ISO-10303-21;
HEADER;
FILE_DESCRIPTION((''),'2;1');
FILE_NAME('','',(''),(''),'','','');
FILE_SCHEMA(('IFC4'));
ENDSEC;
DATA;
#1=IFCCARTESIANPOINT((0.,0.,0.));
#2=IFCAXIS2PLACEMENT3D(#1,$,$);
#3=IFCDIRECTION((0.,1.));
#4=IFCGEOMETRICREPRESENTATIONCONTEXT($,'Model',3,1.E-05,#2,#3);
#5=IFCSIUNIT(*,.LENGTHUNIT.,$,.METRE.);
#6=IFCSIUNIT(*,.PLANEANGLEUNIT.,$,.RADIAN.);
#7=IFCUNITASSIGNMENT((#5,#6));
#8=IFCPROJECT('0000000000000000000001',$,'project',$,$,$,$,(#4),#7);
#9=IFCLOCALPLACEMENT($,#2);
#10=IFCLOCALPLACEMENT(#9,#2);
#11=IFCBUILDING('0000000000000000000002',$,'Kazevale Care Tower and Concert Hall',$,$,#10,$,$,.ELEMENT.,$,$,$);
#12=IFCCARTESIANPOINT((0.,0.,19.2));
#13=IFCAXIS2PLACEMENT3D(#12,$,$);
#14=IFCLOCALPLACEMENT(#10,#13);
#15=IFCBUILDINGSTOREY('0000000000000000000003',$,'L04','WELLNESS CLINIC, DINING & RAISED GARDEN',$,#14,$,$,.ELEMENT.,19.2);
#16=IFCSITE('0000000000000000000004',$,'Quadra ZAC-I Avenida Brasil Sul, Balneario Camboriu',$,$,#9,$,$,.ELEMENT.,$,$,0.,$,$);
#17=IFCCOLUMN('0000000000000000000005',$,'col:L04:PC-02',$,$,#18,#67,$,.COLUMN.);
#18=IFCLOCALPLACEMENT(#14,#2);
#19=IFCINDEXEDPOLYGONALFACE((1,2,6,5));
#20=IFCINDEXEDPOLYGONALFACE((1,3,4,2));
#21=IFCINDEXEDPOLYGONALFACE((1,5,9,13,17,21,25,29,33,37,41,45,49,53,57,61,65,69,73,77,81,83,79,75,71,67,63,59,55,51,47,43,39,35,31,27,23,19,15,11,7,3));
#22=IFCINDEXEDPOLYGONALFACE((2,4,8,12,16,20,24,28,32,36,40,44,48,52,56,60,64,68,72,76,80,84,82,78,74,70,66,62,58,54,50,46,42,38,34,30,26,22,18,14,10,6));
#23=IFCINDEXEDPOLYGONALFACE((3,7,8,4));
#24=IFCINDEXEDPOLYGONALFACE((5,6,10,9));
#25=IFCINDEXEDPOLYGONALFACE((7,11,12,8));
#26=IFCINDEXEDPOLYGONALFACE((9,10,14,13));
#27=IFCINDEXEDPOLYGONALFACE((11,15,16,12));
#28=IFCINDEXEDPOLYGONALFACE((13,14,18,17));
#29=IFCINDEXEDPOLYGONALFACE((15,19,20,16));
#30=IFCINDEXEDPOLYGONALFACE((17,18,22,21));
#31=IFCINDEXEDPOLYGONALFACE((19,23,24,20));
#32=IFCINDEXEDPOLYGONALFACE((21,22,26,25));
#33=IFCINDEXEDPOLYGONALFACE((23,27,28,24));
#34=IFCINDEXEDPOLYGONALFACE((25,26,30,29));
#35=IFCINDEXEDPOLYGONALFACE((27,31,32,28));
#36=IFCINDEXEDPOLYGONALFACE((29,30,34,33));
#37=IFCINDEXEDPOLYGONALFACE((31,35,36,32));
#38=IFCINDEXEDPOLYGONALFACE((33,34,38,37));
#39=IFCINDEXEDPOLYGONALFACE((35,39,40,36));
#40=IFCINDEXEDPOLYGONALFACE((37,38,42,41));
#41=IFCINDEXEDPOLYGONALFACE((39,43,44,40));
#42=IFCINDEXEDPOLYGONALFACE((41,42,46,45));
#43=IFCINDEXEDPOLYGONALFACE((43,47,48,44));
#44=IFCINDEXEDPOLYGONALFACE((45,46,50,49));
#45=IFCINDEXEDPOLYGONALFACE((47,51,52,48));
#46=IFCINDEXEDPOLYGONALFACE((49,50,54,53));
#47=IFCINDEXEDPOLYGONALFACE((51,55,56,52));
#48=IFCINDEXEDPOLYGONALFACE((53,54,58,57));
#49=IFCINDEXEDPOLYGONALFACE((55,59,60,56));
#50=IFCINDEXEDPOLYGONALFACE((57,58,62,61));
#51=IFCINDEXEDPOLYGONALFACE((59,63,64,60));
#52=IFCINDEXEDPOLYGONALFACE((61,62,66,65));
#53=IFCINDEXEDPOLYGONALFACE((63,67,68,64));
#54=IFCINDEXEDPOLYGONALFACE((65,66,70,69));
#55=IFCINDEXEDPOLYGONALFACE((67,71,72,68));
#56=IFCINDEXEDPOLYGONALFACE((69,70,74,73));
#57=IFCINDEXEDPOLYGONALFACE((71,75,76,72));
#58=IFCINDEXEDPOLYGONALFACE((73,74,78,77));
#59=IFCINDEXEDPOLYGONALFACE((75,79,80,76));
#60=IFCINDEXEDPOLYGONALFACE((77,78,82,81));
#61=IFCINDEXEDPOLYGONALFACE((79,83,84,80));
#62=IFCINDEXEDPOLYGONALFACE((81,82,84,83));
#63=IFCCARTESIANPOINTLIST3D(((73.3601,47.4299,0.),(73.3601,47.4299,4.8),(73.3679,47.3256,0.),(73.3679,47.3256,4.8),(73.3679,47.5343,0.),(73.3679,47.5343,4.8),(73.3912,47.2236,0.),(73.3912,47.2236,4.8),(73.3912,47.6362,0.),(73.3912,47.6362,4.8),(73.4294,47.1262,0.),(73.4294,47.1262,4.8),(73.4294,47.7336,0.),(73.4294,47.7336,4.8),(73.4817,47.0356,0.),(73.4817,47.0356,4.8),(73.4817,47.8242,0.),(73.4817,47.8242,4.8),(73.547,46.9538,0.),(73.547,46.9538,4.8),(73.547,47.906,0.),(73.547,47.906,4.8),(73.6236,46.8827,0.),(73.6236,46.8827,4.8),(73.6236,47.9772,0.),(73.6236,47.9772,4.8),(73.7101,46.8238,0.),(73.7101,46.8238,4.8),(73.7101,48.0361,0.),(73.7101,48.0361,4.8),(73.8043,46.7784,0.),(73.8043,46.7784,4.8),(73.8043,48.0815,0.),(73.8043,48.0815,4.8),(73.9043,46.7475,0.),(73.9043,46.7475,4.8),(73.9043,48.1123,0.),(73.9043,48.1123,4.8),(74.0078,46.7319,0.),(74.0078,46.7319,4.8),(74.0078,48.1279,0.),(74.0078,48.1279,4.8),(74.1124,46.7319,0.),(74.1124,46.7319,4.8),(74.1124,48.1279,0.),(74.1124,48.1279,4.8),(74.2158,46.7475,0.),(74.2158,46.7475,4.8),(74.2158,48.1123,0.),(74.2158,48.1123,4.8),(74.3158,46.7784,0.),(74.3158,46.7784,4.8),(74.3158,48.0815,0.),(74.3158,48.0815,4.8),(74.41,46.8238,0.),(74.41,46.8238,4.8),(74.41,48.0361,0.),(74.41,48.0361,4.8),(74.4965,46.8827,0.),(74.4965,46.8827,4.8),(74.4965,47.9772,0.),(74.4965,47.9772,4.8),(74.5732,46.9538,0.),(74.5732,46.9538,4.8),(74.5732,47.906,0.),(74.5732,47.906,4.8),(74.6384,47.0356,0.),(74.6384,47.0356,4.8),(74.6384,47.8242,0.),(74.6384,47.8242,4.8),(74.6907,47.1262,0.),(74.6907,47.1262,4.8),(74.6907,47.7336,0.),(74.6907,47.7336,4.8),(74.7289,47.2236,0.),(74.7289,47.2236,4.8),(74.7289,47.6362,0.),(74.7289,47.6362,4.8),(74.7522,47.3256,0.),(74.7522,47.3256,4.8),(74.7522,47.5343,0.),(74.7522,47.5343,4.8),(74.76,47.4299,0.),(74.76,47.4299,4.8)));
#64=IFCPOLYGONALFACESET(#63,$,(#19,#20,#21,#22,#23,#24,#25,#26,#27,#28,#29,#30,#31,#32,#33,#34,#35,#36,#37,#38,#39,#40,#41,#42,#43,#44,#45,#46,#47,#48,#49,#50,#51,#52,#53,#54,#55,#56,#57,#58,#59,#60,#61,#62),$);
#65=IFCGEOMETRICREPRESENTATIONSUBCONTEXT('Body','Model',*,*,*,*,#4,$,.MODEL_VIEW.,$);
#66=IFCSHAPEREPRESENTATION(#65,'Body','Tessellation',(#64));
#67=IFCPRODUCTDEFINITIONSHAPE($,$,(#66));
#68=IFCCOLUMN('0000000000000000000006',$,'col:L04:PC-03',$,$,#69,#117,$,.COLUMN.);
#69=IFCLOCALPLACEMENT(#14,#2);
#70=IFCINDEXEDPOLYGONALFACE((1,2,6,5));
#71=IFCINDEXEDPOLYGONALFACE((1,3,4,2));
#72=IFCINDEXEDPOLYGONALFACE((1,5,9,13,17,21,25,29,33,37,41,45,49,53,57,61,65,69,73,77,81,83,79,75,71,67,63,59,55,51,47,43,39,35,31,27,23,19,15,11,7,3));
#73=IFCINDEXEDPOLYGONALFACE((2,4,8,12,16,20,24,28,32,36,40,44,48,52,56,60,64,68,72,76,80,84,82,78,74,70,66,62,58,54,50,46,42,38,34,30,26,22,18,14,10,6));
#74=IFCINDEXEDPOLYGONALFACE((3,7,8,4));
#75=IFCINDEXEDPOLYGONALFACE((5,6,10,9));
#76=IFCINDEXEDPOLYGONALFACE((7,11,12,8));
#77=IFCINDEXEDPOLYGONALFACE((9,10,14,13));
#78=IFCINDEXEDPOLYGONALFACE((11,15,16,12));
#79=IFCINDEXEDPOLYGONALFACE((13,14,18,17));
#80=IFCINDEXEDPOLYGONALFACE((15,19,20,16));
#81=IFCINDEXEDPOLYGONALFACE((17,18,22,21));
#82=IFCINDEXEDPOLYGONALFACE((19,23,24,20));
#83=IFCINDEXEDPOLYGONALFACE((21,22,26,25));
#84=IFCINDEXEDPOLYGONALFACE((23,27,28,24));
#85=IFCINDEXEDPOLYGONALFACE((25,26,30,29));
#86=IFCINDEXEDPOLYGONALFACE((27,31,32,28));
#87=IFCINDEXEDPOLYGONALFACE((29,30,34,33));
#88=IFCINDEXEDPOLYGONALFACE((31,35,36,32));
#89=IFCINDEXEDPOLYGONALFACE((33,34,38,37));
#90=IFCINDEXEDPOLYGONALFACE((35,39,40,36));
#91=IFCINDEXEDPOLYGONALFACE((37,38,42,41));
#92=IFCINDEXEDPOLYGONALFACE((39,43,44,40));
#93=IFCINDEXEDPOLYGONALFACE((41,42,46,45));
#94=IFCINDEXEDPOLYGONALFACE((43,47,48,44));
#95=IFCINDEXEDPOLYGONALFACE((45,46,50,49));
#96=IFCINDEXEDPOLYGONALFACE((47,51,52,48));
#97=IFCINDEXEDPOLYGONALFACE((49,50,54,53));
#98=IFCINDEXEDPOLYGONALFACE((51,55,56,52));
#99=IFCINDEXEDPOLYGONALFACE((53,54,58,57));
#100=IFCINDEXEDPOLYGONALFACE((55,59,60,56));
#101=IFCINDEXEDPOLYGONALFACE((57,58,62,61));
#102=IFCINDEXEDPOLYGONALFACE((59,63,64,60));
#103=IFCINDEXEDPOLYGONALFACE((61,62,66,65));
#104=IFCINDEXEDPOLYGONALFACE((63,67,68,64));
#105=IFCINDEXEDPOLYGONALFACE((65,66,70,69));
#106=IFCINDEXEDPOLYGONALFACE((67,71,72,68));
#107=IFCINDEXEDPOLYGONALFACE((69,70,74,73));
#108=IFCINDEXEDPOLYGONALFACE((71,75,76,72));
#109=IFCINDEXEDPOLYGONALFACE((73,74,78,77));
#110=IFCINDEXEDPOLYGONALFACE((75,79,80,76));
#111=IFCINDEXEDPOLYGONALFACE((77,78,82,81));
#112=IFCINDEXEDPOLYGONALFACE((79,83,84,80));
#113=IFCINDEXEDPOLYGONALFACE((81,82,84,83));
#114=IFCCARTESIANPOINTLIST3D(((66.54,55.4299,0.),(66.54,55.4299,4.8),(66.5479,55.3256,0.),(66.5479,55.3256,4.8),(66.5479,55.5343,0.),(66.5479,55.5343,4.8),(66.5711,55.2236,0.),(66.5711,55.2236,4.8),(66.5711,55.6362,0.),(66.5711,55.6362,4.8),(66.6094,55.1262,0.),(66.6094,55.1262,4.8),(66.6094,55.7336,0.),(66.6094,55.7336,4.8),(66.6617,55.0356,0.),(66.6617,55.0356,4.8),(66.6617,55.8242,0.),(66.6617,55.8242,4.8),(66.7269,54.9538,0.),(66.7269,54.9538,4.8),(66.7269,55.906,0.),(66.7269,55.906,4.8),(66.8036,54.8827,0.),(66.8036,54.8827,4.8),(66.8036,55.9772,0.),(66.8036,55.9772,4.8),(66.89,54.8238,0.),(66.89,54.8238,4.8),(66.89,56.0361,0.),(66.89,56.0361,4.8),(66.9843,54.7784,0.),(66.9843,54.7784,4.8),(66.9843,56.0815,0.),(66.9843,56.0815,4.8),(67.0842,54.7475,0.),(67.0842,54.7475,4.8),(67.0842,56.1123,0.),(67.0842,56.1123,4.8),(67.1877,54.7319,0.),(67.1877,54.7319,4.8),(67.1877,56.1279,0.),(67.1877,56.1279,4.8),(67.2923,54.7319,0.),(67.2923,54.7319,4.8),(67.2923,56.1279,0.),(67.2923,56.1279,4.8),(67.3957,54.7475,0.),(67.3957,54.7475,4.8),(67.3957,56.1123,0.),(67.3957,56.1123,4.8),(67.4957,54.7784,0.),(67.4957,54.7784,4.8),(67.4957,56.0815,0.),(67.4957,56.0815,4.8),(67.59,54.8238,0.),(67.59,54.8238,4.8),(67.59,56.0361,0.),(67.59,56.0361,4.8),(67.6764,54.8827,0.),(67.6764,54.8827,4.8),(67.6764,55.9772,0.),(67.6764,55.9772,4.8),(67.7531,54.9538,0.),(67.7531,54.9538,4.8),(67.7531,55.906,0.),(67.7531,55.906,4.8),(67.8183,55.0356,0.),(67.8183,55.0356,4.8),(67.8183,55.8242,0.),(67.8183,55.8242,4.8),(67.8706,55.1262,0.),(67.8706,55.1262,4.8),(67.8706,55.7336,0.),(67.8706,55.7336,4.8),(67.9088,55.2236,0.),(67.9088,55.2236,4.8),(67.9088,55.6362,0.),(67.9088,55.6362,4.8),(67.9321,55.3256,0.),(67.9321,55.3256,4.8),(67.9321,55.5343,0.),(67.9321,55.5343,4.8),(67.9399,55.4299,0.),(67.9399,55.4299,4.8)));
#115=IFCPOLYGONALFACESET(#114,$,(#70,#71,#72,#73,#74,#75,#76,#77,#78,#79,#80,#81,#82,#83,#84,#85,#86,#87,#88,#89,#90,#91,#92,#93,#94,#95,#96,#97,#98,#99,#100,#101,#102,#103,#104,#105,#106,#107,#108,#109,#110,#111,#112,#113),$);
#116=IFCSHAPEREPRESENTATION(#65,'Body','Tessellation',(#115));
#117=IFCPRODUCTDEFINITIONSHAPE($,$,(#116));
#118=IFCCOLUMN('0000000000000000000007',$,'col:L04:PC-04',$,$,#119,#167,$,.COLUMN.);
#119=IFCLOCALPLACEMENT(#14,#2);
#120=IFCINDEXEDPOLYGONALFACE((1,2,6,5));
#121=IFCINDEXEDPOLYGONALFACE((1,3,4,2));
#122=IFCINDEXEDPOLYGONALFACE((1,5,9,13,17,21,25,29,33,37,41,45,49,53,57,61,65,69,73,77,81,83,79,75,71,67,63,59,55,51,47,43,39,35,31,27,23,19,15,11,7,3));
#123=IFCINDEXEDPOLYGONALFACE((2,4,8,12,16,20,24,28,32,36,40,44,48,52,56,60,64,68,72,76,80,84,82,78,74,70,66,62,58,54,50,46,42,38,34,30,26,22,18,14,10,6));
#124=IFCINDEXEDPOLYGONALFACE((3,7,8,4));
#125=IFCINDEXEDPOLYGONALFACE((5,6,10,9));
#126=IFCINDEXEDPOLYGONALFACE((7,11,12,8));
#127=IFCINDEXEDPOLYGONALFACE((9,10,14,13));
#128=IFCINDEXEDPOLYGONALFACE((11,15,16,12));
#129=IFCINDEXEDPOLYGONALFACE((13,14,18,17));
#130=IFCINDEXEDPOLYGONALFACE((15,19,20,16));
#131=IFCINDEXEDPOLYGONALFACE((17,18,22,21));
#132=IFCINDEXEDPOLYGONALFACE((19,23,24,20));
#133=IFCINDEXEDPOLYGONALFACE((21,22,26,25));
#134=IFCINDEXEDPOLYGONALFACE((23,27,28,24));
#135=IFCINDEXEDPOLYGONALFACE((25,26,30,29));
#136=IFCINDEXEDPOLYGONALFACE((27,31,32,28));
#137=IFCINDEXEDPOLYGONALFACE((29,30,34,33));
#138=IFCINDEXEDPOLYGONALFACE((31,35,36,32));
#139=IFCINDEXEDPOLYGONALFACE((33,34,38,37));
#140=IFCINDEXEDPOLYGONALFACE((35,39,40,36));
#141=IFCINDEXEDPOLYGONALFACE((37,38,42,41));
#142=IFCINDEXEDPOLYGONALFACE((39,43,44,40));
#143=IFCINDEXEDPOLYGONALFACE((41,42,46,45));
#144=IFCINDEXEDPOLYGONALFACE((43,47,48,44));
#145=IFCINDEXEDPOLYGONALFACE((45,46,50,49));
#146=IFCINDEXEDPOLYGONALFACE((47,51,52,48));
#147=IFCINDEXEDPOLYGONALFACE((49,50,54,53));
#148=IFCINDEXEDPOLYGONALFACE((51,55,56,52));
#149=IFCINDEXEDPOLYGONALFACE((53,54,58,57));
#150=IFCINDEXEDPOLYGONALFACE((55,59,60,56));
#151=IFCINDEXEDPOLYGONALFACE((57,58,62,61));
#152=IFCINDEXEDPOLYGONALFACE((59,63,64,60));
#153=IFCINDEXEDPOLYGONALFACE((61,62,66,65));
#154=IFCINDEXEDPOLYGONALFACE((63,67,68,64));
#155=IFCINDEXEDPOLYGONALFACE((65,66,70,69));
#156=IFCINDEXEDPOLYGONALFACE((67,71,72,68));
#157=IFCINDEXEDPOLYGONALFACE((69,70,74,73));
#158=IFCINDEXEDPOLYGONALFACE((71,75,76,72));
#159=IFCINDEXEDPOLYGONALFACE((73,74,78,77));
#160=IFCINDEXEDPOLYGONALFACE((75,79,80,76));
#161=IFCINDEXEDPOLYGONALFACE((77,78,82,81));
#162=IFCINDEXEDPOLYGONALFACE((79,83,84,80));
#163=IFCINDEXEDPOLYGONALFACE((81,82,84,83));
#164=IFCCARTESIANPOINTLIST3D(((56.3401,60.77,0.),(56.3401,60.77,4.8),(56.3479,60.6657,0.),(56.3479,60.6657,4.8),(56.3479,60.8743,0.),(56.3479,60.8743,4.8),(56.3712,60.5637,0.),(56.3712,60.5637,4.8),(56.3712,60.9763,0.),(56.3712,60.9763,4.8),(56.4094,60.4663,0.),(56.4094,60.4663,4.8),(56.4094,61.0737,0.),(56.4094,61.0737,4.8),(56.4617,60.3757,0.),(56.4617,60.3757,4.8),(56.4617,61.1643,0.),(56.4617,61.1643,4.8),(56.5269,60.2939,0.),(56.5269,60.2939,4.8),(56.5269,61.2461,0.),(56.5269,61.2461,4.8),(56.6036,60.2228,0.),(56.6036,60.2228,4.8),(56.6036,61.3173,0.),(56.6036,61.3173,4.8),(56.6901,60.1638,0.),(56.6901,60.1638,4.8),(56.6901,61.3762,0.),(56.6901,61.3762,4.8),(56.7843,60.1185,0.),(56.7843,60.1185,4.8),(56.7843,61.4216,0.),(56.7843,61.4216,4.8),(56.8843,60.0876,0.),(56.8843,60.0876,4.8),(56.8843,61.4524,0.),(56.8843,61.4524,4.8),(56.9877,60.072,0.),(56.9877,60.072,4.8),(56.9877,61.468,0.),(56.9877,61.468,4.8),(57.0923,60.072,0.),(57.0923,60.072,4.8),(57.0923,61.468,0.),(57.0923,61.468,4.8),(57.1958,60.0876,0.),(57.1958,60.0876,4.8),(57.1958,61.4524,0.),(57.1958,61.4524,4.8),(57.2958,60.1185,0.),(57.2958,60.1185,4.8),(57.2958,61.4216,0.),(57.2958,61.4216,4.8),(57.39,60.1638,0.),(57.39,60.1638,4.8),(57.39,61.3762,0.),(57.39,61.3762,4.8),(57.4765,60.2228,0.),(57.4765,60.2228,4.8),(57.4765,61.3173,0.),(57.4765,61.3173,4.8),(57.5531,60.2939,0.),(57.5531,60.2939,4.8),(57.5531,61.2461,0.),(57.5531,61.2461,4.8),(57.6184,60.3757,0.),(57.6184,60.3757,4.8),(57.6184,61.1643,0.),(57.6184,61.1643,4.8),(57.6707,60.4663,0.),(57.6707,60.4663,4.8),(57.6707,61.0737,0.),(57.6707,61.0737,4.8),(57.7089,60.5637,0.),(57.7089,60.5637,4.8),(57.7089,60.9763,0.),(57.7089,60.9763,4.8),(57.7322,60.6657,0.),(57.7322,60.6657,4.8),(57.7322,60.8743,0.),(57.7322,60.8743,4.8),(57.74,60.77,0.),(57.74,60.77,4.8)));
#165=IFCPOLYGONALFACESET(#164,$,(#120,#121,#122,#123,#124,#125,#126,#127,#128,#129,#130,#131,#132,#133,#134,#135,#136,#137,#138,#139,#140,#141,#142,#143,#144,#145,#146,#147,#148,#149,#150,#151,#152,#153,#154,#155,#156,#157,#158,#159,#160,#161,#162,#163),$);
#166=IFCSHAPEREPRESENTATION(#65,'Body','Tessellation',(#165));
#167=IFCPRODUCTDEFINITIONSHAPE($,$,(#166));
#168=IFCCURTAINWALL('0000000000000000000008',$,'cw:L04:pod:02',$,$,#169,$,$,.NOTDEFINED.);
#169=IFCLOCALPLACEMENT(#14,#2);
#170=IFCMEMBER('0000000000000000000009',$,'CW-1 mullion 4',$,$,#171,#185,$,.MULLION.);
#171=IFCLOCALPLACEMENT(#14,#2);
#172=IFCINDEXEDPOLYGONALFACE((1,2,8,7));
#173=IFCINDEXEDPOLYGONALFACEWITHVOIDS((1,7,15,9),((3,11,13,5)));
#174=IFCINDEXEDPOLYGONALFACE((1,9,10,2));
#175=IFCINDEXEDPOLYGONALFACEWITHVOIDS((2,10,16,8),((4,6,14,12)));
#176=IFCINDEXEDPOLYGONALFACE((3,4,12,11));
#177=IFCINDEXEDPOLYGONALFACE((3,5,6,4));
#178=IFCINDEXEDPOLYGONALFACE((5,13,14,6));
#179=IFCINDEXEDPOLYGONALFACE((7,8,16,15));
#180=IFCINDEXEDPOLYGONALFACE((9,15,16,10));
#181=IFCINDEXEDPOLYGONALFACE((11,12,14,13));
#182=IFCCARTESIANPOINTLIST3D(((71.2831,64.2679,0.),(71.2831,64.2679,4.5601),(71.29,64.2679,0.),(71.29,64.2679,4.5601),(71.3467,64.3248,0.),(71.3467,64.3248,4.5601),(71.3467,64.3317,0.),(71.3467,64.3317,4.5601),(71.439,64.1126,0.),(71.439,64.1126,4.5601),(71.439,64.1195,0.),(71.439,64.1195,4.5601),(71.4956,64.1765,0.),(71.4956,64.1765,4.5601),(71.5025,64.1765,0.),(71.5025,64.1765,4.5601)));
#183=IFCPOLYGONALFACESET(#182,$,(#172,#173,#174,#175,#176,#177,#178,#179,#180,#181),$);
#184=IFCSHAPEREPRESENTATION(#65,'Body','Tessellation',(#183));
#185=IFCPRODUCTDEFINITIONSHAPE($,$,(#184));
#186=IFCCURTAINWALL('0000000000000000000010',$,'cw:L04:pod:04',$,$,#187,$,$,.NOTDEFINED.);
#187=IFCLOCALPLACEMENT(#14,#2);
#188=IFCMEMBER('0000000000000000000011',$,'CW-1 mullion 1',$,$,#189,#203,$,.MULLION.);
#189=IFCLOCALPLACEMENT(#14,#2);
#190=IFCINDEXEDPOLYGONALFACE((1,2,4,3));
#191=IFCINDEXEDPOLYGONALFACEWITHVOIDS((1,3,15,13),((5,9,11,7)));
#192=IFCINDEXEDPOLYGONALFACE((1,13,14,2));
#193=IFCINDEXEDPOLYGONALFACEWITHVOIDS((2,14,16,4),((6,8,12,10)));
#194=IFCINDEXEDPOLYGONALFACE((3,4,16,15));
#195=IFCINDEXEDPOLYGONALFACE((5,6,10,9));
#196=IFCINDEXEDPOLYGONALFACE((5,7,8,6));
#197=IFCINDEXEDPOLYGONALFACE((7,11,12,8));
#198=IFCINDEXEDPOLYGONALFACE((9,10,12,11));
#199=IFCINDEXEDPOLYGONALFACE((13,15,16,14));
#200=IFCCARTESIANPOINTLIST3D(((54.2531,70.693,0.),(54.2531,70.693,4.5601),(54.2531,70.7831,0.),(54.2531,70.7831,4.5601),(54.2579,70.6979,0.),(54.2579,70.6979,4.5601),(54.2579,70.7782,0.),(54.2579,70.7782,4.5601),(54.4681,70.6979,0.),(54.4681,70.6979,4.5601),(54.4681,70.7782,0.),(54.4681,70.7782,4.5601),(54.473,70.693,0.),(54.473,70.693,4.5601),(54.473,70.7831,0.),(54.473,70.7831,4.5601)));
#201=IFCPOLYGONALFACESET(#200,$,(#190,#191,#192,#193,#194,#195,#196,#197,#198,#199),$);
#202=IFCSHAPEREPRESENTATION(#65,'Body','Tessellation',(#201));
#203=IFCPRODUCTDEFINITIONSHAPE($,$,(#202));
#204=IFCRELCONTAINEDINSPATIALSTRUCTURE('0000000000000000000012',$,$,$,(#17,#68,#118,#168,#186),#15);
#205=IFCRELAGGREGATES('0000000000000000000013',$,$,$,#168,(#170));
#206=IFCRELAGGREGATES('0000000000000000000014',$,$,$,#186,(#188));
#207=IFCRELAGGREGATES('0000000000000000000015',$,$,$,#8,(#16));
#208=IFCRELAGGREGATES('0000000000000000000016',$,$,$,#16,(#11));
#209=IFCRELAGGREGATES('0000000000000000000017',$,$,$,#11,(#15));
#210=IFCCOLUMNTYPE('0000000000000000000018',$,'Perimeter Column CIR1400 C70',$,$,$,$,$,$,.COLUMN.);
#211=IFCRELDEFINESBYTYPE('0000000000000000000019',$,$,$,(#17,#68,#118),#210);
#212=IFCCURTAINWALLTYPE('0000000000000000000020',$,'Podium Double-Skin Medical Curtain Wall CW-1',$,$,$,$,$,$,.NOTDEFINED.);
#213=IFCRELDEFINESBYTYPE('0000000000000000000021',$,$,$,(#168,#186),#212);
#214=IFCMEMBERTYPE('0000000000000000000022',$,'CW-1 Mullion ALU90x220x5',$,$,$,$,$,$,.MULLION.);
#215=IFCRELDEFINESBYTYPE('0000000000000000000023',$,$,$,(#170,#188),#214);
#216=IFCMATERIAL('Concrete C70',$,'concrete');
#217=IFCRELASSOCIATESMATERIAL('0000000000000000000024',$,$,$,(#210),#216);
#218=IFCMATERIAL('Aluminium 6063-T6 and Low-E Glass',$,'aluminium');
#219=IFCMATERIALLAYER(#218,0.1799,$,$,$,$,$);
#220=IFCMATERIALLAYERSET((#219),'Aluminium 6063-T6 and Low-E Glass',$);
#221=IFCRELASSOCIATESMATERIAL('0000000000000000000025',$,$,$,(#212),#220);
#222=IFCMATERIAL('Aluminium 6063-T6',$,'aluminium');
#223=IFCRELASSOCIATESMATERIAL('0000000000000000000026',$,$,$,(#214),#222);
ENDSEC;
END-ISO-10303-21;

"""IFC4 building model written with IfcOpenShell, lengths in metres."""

from ifc_helpers import new_model, si_unit, direction, frame, origin, origin_2d, place, context, subcontext, project, spatial, hollow_rectangle, circle, extrude, material, layer, layer_set, material_profile, profile_set, type_object, element, aggregate, save


model = new_model("IFC4")

# Units and contexts
model_context = context("Model", 3, precision=1e-05, world=origin(), true_north=direction((0.0, 1.0)))
body_context = subcontext(model_context, "Body", "Model", "MODEL_VIEW")
ifc_project = project(units=[si_unit("LENGTHUNIT", "METRE"), si_unit("PLANEANGLEUNIT", "RADIAN")], contexts=[model_context])

# Site, building, storey
site_placement = place(None, origin())
site = spatial("IfcSite", under=ifc_project, at=site_placement, Name="Quadra ZAC-I Avenida Brasil Sul, Balneario Camboriu", CompositionType="ELEMENT", RefElevation=0.0)
building_placement = place(site_placement, origin())
building = spatial("IfcBuilding", under=site, at=building_placement, Name="Kazevale Care Tower and Concert Hall", CompositionType="ELEMENT")
storey_placement = place(building_placement, frame((0.0, 0.0, 19.2)))
storey = spatial("IfcBuildingStorey", under=building, at=storey_placement, Name="L04", Description="WELLNESS CLINIC, DINING & RAISED GARDEN", CompositionType="ELEMENT", Elevation=19.2)

# Columns
ifc_material_1 = material(Name="Concrete C70", Category="concrete")
ifc_material_profile_1 = material_profile(ifc_material_1, circle(Radius=0.7, at=origin_2d()), Name="RC-CIR1400")
ifc_profile_set_1 = profile_set([ifc_material_profile_1], Name="Concrete C70")
column_type = type_object("IfcColumnType", Name="Perimeter Column CIR1400 C70", PredefinedType="COLUMN", material=ifc_profile_set_1)
for number, where, z_axis, x_axis, name in (
    (1, (74.0601, 47.4299, 0.0), (0.0, 0.0, 1.0), (1.0, 0.0, 0.0), "col:L04:PC-02"),
    (2, (67.24, 55.4299, 0.0), (0.0, 0.0, 1.0), (1.0, 0.0, 0.0), "col:L04:PC-03"),
    (3, (57.04, 60.77, 0.0), (0.0, 0.0, 1.0), (1.0, 0.0, 0.0), "col:L04:PC-04"),
):
    element("IfcColumn", number, at=place(storey_placement, frame(where, z_axis=z_axis, x_axis=x_axis)), inside=storey, type_object=column_type, Name=name, PredefinedType="COLUMN", context=body_context, shape_type="SweptSolid", body=[
        extrude(circle(Radius=0.7, at=origin_2d()), origin(), (0.0, 0.0, 1.0), 4.8),
    ])

# Curtain wall, member
ifc_material_2 = material(Name="Aluminium 6063-T6 and Low-E Glass", Category="aluminium")
ifc_layer_1 = layer(ifc_material_2, 0.1799)
ifc_layer_set_1 = layer_set([ifc_layer_1], Name="Aluminium 6063-T6 and Low-E Glass")
curtain_wall_type = type_object("IfcCurtainWallType", Name="Podium Double-Skin Medical Curtain Wall CW-1", PredefinedType="NOTDEFINED", material=ifc_layer_set_1)
curtain_wall_1_placement = place(storey_placement, origin())
curtain_wall_1 = element("IfcCurtainWall", 4, at=curtain_wall_1_placement, inside=storey, type_object=curtain_wall_type, Name="cw:L04:pod:02", PredefinedType="NOTDEFINED")
ifc_material_3 = material(Name="Aluminium 6063-T6", Category="aluminium")
ifc_material_profile_2 = material_profile(ifc_material_3, hollow_rectangle(XDim=0.0901, YDim=0.22, WallThickness=0.0049, at=origin_2d()), Name="ALU90x220x5")
ifc_profile_set_2 = profile_set([ifc_material_profile_2], Name="Aluminium 6063-T6")
member_type_1 = type_object("IfcMemberType", Name="CW-1 Mullion ALU90x220x5", PredefinedType="MULLION", material=ifc_profile_set_2)
member_1_placement = place(storey_placement, frame((71.3928, 64.2222, 0.0), z_axis=(0.0, 0.0, 1.0), x_axis=(-0.705656, -0.708555, 0.0)))
member_1 = element("IfcMember", 5, at=member_1_placement, type_object=member_type_1, Name="CW-1 mullion 4", PredefinedType="MULLION", context=body_context, shape_type="SweptSolid", body=[
    extrude(hollow_rectangle(XDim=0.0901, YDim=0.22, WallThickness=0.0049, at=origin_2d()), origin(), (0.0, 0.0, 1.0), 4.5601),
])

# Curtain wall, member
curtain_wall_2_placement = place(storey_placement, origin())
curtain_wall_2 = element("IfcCurtainWall", 6, at=curtain_wall_2_placement, inside=storey, type_object=curtain_wall_type, Name="cw:L04:pod:04", PredefinedType="NOTDEFINED")
member_2_placement = place(storey_placement, frame((54.363, 70.738, 0.0), z_axis=(0.0, 0.0, 1.0), x_axis=(0.0, -1.0, 0.0)))
member_2 = element("IfcMember", 7, at=member_2_placement, type_object=member_type_1, Name="CW-1 mullion 1", PredefinedType="MULLION", context=body_context, shape_type="SweptSolid", body=[
    extrude(hollow_rectangle(XDim=0.0901, YDim=0.22, WallThickness=0.0049, at=origin_2d()), origin(), (0.0, 0.0, 1.0), 4.5601),
])

aggregate(curtain_wall_1, [member_1])
aggregate(curtain_wall_2, [member_2])

save(model, "model.ifc")
